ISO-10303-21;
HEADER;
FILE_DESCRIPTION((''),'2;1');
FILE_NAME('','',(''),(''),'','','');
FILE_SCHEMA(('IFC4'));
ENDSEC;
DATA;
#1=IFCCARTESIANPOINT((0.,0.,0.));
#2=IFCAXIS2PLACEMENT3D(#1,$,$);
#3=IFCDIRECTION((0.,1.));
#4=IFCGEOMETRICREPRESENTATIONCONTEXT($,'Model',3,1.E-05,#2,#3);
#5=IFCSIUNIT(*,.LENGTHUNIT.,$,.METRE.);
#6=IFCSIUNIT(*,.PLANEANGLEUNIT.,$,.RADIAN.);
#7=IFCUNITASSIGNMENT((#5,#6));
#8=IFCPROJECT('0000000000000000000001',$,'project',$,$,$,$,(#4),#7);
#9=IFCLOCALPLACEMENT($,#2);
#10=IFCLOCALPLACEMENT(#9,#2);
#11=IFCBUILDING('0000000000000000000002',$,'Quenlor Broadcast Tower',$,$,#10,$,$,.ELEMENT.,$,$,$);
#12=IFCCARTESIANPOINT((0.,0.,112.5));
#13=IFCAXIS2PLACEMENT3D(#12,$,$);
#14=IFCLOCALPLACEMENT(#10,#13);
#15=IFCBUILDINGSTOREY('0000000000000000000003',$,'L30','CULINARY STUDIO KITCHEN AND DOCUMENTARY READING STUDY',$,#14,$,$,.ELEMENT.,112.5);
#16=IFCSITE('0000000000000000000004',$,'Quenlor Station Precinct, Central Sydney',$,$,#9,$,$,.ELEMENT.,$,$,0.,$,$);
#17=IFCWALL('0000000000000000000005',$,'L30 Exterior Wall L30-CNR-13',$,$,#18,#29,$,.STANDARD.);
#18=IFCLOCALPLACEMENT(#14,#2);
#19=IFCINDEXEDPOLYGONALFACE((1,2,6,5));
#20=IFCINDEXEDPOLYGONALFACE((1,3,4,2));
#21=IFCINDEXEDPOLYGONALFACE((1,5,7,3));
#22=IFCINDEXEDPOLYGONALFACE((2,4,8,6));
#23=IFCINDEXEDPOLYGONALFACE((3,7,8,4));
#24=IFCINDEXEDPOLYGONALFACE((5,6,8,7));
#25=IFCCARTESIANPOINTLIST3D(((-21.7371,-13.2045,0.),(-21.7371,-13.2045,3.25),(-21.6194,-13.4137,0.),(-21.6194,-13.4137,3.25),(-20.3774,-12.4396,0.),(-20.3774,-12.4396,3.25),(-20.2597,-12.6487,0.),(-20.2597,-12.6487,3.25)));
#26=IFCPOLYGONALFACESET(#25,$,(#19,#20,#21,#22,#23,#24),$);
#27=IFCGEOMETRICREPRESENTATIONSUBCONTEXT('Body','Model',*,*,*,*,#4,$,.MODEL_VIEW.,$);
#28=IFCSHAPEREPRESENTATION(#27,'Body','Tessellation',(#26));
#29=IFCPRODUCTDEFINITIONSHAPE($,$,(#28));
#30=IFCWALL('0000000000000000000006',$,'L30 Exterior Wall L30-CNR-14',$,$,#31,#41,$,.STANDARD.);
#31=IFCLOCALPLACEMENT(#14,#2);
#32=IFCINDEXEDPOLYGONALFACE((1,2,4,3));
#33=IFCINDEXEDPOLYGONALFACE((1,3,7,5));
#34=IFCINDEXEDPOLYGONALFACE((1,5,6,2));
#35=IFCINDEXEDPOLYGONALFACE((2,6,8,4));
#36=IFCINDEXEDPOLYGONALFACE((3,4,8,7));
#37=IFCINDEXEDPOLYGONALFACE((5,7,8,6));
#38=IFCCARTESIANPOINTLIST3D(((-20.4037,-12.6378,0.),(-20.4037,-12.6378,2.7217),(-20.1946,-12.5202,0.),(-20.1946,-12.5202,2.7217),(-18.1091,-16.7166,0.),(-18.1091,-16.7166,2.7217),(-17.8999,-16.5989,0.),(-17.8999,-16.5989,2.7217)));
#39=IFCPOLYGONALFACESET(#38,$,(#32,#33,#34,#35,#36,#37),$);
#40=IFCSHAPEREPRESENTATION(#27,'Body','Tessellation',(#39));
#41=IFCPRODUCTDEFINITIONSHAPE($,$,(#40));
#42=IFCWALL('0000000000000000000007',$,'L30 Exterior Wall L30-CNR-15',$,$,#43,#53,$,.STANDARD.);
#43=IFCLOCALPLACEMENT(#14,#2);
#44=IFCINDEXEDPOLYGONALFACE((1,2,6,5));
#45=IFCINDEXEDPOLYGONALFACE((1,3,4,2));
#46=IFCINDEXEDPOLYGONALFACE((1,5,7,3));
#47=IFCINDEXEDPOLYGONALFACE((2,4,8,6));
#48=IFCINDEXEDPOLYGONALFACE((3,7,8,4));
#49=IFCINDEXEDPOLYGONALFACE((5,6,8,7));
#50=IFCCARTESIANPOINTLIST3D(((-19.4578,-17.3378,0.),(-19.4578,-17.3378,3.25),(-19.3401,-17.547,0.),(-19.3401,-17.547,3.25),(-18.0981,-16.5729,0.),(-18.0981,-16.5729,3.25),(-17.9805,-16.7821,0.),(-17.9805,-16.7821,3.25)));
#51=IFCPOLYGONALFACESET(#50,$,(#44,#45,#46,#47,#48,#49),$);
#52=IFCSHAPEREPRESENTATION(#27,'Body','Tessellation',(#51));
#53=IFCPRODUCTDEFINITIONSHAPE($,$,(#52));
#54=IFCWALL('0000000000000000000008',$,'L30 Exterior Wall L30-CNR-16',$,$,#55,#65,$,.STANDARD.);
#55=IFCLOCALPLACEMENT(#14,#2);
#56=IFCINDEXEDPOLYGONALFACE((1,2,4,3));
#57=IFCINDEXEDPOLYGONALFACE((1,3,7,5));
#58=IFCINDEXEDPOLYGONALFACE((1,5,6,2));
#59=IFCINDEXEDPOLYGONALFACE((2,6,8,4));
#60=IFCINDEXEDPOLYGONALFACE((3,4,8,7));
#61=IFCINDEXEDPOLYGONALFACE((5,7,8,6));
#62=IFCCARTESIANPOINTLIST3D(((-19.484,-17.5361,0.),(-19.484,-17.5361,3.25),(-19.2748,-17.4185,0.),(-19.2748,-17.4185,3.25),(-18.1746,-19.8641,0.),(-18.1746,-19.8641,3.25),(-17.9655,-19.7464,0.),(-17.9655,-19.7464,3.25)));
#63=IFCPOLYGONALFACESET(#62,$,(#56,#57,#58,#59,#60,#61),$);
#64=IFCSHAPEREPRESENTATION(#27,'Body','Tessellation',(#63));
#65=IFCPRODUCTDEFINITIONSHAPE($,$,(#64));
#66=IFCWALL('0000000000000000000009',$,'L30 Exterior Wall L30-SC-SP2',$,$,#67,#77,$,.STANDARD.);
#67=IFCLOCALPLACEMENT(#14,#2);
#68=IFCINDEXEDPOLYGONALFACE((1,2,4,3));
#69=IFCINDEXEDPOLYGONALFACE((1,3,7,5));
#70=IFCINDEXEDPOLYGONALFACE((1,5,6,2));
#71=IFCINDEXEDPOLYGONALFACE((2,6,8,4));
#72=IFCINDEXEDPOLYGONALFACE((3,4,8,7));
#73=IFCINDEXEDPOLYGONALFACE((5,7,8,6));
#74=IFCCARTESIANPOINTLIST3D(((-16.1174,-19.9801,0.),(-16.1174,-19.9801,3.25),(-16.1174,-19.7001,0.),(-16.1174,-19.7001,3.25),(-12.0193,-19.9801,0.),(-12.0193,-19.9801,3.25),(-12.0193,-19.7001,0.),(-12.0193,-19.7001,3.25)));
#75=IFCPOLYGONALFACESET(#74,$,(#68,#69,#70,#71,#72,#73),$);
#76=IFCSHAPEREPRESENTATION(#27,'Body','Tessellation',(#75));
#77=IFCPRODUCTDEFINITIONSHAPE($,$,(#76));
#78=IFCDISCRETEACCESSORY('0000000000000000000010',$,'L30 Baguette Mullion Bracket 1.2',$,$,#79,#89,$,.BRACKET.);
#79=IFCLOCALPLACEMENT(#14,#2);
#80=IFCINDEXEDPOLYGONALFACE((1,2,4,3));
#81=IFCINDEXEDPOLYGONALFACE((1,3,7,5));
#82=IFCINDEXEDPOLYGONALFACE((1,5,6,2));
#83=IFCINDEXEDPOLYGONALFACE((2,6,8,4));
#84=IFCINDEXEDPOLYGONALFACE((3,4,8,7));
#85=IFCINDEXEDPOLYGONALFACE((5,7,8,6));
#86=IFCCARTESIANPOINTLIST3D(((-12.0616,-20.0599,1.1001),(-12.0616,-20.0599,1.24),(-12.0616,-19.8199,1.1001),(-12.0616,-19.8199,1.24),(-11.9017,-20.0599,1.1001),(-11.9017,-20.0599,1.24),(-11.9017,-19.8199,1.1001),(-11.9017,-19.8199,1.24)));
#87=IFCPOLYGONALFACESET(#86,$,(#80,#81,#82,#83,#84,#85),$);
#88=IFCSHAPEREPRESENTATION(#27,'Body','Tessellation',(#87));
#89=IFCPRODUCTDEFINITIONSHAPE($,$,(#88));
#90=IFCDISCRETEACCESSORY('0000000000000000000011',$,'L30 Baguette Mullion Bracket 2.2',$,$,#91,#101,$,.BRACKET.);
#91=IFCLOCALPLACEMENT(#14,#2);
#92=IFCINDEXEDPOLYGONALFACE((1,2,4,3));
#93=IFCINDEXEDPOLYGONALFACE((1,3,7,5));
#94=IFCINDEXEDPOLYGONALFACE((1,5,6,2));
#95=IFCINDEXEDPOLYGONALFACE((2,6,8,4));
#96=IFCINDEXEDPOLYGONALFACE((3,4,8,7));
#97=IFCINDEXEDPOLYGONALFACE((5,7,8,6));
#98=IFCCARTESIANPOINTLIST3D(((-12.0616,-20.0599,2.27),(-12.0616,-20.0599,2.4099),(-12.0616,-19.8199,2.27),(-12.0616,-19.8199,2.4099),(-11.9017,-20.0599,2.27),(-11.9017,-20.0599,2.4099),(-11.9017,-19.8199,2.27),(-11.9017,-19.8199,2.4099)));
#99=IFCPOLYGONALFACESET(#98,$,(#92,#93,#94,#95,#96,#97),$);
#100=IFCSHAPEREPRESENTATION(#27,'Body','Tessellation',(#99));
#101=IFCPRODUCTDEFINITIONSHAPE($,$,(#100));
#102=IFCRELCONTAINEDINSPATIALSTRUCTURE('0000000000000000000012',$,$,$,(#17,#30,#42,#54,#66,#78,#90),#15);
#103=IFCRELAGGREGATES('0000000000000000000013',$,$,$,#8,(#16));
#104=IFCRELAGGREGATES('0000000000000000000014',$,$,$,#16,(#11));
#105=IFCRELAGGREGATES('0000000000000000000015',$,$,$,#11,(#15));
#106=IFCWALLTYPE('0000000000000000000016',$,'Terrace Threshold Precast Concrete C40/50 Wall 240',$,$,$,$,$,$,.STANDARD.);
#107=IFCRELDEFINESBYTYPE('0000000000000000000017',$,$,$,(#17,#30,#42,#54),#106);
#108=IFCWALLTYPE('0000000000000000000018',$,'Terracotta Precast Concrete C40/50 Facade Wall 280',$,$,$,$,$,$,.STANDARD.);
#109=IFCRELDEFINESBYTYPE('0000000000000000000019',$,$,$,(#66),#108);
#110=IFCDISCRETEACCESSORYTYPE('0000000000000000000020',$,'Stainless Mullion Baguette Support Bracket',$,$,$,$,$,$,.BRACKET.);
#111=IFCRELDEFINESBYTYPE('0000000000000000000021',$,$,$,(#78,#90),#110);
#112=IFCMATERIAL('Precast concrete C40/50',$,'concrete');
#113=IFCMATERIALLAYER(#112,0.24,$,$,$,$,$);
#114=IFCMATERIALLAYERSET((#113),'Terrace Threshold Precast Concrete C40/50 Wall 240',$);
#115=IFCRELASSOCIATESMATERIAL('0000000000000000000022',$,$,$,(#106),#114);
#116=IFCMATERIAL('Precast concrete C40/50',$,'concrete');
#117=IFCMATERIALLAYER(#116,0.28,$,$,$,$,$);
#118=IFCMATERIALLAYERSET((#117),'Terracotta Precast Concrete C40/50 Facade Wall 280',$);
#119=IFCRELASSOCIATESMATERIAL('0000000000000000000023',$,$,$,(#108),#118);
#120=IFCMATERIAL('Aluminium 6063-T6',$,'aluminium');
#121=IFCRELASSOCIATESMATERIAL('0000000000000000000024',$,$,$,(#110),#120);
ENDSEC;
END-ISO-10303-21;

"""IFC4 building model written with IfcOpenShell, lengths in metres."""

from ifc_helpers import new_model, si_unit, direction, frame, frame_2d, origin, origin_2d, place, context, subcontext, project, spatial, rectangle, extrude, material, layer, layer_set, type_object, element, save


model = new_model("IFC4")

# Units and contexts
model_context = context("Model", 3, precision=1e-05, world=origin(), true_north=direction((0.0, 1.0)))
body_context = subcontext(model_context, "Body", "Model", "MODEL_VIEW")
ifc_project = project(units=[si_unit("LENGTHUNIT", "METRE"), si_unit("PLANEANGLEUNIT", "RADIAN")], contexts=[model_context])

# Site, building, storey
site_placement = place(None, origin())
site = spatial("IfcSite", under=ifc_project, at=site_placement, Name="Quenlor Station Precinct, Central Sydney", CompositionType="ELEMENT", RefElevation=0.0)
building_placement = place(site_placement, origin())
building = spatial("IfcBuilding", under=site, at=building_placement, Name="Quenlor Broadcast Tower", CompositionType="ELEMENT")
storey_placement = place(building_placement, frame((0.0, 0.0, 112.5)))
storey = spatial("IfcBuildingStorey", under=building, at=storey_placement, Name="L30", Description="CULINARY STUDIO KITCHEN AND DOCUMENTARY READING STUDY", CompositionType="ELEMENT", Elevation=112.5)

# Walls
ifc_material_1 = material(Name="Precast concrete C40/50", Category="concrete")
ifc_layer_1 = layer(ifc_material_1, 0.24)
ifc_layer_set_1 = layer_set([ifc_layer_1], Name="Terrace Threshold Precast Concrete C40/50 Wall 240")
wall_type_1 = type_object("IfcWallType", Name="Terrace Threshold Precast Concrete C40/50 Wall 240", PredefinedType="STANDARD", material=ifc_layer_set_1)
wall_1_placement = place(storey_placement, frame((-21.6782, -13.3091, 0.0), z_axis=(0.0, 0.0, 1.0), x_axis=(0.871546, 0.490313, 0.0)))
element("IfcWall", 1, at=wall_1_placement, inside=storey, type_object=wall_type_1, Name="L30 Exterior Wall L30-CNR-13", PredefinedType="STANDARD", context=body_context, shape_type="SweptSolid", body=[
    extrude(rectangle(XDim=1.5601, YDim=0.24, at=frame_2d((0.78, 0.0))), origin(), (0.0, 0.0, 1.0), 3.25),
])
wall_2_placement = place(storey_placement, frame((-20.2991, -12.5791, 0.0), z_axis=(0.0, 0.0, 1.0), x_axis=(0.490313, -0.871546, 0.0)))
element("IfcWall", 2, at=wall_2_placement, inside=storey, type_object=wall_type_1, Name="L30 Exterior Wall L30-CNR-14", PredefinedType="STANDARD", context=body_context, shape_type="SweptSolid", body=[
    extrude(rectangle(XDim=4.6799, YDim=0.24, at=frame_2d((2.3398, 0.0))), origin(), (0.0, 0.0, 1.0), 2.7217),
])
wall_3_placement = place(storey_placement, frame((-18.0393, -16.6775, 0.0), z_axis=(0.0, 0.0, 1.0), x_axis=(-0.871546, -0.490313, 0.0)))
element("IfcWall", 3, at=wall_3_placement, inside=storey, type_object=wall_type_1, Name="L30 Exterior Wall L30-CNR-15", PredefinedType="STANDARD", context=body_context, shape_type="SweptSolid", body=[
    extrude(rectangle(XDim=1.5601, YDim=0.24, at=frame_2d((0.78, 0.0))), origin(), (0.0, 0.0, 1.0), 3.25),
])
wall_4_placement = place(storey_placement, frame((-19.3794, -17.4773, 0.0), z_axis=(0.0, 0.0, 1.0), x_axis=(0.490231, -0.871593, 0.0)))
element("IfcWall", 4, at=wall_4_placement, inside=storey, type_object=wall_type_1, Name="L30 Exterior Wall L30-CNR-16", PredefinedType="STANDARD", context=body_context, shape_type="SweptSolid", body=[
    extrude(rectangle(XDim=2.6709, YDim=0.24, at=frame_2d((1.3354, 0.0))), origin(), (0.0, 0.0, 1.0), 3.25),
])
ifc_material_2 = material(Name="Precast concrete C40/50", Category="concrete")
ifc_layer_2 = layer(ifc_material_2, 0.28)
ifc_layer_set_2 = layer_set([ifc_layer_2], Name="Terracotta Precast Concrete C40/50 Facade Wall 280")
wall_type_2 = type_object("IfcWallType", Name="Terracotta Precast Concrete C40/50 Facade Wall 280", PredefinedType="STANDARD", material=ifc_layer_set_2)
wall_5_placement = place(storey_placement, frame((-12.0193, -19.8401, 0.0), z_axis=(0.0, 0.0, 1.0), x_axis=(-1.0, 0.0, 0.0)))
element("IfcWall", 5, at=wall_5_placement, inside=storey, type_object=wall_type_2, Name="L30 Exterior Wall L30-SC-SP2", PredefinedType="STANDARD", context=body_context, shape_type="SweptSolid", body=[
    extrude(rectangle(XDim=4.0981, YDim=0.28, at=frame_2d((2.0491, 0.0))), origin(), (0.0, 0.0, 1.0), 3.25),
])

# Discrete accessories
ifc_material_3 = material(Name="Aluminium 6063-T6", Category="aluminium")
discrete_accessory_type = type_object("IfcDiscreteAccessoryType", Name="Stainless Mullion Baguette Support Bracket", PredefinedType="BRACKET", material=ifc_material_3)
for number, where, z_axis, x_axis, name in (
    (6, (-11.9817, -19.9399, 1.1001), (0.0, 0.0, 1.0), (-1.0, 0.0, 0.0), "L30 Baguette Mullion Bracket 1.2"),
    (7, (-11.9817, -19.9399, 2.27), (0.0, 0.0, 1.0), (-1.0, 0.0, 0.0), "L30 Baguette Mullion Bracket 2.2"),
):
    element("IfcDiscreteAccessory", number, at=place(storey_placement, frame(where, z_axis=z_axis, x_axis=x_axis)), inside=storey, type_object=discrete_accessory_type, Name=name, PredefinedType="BRACKET", context=body_context, shape_type="SweptSolid", body=[
        extrude(rectangle(XDim=0.1599, YDim=0.24, at=origin_2d()), origin(), (0.0, 0.0, 1.0), 0.1399),
    ])

save(model, "model.ifc")
